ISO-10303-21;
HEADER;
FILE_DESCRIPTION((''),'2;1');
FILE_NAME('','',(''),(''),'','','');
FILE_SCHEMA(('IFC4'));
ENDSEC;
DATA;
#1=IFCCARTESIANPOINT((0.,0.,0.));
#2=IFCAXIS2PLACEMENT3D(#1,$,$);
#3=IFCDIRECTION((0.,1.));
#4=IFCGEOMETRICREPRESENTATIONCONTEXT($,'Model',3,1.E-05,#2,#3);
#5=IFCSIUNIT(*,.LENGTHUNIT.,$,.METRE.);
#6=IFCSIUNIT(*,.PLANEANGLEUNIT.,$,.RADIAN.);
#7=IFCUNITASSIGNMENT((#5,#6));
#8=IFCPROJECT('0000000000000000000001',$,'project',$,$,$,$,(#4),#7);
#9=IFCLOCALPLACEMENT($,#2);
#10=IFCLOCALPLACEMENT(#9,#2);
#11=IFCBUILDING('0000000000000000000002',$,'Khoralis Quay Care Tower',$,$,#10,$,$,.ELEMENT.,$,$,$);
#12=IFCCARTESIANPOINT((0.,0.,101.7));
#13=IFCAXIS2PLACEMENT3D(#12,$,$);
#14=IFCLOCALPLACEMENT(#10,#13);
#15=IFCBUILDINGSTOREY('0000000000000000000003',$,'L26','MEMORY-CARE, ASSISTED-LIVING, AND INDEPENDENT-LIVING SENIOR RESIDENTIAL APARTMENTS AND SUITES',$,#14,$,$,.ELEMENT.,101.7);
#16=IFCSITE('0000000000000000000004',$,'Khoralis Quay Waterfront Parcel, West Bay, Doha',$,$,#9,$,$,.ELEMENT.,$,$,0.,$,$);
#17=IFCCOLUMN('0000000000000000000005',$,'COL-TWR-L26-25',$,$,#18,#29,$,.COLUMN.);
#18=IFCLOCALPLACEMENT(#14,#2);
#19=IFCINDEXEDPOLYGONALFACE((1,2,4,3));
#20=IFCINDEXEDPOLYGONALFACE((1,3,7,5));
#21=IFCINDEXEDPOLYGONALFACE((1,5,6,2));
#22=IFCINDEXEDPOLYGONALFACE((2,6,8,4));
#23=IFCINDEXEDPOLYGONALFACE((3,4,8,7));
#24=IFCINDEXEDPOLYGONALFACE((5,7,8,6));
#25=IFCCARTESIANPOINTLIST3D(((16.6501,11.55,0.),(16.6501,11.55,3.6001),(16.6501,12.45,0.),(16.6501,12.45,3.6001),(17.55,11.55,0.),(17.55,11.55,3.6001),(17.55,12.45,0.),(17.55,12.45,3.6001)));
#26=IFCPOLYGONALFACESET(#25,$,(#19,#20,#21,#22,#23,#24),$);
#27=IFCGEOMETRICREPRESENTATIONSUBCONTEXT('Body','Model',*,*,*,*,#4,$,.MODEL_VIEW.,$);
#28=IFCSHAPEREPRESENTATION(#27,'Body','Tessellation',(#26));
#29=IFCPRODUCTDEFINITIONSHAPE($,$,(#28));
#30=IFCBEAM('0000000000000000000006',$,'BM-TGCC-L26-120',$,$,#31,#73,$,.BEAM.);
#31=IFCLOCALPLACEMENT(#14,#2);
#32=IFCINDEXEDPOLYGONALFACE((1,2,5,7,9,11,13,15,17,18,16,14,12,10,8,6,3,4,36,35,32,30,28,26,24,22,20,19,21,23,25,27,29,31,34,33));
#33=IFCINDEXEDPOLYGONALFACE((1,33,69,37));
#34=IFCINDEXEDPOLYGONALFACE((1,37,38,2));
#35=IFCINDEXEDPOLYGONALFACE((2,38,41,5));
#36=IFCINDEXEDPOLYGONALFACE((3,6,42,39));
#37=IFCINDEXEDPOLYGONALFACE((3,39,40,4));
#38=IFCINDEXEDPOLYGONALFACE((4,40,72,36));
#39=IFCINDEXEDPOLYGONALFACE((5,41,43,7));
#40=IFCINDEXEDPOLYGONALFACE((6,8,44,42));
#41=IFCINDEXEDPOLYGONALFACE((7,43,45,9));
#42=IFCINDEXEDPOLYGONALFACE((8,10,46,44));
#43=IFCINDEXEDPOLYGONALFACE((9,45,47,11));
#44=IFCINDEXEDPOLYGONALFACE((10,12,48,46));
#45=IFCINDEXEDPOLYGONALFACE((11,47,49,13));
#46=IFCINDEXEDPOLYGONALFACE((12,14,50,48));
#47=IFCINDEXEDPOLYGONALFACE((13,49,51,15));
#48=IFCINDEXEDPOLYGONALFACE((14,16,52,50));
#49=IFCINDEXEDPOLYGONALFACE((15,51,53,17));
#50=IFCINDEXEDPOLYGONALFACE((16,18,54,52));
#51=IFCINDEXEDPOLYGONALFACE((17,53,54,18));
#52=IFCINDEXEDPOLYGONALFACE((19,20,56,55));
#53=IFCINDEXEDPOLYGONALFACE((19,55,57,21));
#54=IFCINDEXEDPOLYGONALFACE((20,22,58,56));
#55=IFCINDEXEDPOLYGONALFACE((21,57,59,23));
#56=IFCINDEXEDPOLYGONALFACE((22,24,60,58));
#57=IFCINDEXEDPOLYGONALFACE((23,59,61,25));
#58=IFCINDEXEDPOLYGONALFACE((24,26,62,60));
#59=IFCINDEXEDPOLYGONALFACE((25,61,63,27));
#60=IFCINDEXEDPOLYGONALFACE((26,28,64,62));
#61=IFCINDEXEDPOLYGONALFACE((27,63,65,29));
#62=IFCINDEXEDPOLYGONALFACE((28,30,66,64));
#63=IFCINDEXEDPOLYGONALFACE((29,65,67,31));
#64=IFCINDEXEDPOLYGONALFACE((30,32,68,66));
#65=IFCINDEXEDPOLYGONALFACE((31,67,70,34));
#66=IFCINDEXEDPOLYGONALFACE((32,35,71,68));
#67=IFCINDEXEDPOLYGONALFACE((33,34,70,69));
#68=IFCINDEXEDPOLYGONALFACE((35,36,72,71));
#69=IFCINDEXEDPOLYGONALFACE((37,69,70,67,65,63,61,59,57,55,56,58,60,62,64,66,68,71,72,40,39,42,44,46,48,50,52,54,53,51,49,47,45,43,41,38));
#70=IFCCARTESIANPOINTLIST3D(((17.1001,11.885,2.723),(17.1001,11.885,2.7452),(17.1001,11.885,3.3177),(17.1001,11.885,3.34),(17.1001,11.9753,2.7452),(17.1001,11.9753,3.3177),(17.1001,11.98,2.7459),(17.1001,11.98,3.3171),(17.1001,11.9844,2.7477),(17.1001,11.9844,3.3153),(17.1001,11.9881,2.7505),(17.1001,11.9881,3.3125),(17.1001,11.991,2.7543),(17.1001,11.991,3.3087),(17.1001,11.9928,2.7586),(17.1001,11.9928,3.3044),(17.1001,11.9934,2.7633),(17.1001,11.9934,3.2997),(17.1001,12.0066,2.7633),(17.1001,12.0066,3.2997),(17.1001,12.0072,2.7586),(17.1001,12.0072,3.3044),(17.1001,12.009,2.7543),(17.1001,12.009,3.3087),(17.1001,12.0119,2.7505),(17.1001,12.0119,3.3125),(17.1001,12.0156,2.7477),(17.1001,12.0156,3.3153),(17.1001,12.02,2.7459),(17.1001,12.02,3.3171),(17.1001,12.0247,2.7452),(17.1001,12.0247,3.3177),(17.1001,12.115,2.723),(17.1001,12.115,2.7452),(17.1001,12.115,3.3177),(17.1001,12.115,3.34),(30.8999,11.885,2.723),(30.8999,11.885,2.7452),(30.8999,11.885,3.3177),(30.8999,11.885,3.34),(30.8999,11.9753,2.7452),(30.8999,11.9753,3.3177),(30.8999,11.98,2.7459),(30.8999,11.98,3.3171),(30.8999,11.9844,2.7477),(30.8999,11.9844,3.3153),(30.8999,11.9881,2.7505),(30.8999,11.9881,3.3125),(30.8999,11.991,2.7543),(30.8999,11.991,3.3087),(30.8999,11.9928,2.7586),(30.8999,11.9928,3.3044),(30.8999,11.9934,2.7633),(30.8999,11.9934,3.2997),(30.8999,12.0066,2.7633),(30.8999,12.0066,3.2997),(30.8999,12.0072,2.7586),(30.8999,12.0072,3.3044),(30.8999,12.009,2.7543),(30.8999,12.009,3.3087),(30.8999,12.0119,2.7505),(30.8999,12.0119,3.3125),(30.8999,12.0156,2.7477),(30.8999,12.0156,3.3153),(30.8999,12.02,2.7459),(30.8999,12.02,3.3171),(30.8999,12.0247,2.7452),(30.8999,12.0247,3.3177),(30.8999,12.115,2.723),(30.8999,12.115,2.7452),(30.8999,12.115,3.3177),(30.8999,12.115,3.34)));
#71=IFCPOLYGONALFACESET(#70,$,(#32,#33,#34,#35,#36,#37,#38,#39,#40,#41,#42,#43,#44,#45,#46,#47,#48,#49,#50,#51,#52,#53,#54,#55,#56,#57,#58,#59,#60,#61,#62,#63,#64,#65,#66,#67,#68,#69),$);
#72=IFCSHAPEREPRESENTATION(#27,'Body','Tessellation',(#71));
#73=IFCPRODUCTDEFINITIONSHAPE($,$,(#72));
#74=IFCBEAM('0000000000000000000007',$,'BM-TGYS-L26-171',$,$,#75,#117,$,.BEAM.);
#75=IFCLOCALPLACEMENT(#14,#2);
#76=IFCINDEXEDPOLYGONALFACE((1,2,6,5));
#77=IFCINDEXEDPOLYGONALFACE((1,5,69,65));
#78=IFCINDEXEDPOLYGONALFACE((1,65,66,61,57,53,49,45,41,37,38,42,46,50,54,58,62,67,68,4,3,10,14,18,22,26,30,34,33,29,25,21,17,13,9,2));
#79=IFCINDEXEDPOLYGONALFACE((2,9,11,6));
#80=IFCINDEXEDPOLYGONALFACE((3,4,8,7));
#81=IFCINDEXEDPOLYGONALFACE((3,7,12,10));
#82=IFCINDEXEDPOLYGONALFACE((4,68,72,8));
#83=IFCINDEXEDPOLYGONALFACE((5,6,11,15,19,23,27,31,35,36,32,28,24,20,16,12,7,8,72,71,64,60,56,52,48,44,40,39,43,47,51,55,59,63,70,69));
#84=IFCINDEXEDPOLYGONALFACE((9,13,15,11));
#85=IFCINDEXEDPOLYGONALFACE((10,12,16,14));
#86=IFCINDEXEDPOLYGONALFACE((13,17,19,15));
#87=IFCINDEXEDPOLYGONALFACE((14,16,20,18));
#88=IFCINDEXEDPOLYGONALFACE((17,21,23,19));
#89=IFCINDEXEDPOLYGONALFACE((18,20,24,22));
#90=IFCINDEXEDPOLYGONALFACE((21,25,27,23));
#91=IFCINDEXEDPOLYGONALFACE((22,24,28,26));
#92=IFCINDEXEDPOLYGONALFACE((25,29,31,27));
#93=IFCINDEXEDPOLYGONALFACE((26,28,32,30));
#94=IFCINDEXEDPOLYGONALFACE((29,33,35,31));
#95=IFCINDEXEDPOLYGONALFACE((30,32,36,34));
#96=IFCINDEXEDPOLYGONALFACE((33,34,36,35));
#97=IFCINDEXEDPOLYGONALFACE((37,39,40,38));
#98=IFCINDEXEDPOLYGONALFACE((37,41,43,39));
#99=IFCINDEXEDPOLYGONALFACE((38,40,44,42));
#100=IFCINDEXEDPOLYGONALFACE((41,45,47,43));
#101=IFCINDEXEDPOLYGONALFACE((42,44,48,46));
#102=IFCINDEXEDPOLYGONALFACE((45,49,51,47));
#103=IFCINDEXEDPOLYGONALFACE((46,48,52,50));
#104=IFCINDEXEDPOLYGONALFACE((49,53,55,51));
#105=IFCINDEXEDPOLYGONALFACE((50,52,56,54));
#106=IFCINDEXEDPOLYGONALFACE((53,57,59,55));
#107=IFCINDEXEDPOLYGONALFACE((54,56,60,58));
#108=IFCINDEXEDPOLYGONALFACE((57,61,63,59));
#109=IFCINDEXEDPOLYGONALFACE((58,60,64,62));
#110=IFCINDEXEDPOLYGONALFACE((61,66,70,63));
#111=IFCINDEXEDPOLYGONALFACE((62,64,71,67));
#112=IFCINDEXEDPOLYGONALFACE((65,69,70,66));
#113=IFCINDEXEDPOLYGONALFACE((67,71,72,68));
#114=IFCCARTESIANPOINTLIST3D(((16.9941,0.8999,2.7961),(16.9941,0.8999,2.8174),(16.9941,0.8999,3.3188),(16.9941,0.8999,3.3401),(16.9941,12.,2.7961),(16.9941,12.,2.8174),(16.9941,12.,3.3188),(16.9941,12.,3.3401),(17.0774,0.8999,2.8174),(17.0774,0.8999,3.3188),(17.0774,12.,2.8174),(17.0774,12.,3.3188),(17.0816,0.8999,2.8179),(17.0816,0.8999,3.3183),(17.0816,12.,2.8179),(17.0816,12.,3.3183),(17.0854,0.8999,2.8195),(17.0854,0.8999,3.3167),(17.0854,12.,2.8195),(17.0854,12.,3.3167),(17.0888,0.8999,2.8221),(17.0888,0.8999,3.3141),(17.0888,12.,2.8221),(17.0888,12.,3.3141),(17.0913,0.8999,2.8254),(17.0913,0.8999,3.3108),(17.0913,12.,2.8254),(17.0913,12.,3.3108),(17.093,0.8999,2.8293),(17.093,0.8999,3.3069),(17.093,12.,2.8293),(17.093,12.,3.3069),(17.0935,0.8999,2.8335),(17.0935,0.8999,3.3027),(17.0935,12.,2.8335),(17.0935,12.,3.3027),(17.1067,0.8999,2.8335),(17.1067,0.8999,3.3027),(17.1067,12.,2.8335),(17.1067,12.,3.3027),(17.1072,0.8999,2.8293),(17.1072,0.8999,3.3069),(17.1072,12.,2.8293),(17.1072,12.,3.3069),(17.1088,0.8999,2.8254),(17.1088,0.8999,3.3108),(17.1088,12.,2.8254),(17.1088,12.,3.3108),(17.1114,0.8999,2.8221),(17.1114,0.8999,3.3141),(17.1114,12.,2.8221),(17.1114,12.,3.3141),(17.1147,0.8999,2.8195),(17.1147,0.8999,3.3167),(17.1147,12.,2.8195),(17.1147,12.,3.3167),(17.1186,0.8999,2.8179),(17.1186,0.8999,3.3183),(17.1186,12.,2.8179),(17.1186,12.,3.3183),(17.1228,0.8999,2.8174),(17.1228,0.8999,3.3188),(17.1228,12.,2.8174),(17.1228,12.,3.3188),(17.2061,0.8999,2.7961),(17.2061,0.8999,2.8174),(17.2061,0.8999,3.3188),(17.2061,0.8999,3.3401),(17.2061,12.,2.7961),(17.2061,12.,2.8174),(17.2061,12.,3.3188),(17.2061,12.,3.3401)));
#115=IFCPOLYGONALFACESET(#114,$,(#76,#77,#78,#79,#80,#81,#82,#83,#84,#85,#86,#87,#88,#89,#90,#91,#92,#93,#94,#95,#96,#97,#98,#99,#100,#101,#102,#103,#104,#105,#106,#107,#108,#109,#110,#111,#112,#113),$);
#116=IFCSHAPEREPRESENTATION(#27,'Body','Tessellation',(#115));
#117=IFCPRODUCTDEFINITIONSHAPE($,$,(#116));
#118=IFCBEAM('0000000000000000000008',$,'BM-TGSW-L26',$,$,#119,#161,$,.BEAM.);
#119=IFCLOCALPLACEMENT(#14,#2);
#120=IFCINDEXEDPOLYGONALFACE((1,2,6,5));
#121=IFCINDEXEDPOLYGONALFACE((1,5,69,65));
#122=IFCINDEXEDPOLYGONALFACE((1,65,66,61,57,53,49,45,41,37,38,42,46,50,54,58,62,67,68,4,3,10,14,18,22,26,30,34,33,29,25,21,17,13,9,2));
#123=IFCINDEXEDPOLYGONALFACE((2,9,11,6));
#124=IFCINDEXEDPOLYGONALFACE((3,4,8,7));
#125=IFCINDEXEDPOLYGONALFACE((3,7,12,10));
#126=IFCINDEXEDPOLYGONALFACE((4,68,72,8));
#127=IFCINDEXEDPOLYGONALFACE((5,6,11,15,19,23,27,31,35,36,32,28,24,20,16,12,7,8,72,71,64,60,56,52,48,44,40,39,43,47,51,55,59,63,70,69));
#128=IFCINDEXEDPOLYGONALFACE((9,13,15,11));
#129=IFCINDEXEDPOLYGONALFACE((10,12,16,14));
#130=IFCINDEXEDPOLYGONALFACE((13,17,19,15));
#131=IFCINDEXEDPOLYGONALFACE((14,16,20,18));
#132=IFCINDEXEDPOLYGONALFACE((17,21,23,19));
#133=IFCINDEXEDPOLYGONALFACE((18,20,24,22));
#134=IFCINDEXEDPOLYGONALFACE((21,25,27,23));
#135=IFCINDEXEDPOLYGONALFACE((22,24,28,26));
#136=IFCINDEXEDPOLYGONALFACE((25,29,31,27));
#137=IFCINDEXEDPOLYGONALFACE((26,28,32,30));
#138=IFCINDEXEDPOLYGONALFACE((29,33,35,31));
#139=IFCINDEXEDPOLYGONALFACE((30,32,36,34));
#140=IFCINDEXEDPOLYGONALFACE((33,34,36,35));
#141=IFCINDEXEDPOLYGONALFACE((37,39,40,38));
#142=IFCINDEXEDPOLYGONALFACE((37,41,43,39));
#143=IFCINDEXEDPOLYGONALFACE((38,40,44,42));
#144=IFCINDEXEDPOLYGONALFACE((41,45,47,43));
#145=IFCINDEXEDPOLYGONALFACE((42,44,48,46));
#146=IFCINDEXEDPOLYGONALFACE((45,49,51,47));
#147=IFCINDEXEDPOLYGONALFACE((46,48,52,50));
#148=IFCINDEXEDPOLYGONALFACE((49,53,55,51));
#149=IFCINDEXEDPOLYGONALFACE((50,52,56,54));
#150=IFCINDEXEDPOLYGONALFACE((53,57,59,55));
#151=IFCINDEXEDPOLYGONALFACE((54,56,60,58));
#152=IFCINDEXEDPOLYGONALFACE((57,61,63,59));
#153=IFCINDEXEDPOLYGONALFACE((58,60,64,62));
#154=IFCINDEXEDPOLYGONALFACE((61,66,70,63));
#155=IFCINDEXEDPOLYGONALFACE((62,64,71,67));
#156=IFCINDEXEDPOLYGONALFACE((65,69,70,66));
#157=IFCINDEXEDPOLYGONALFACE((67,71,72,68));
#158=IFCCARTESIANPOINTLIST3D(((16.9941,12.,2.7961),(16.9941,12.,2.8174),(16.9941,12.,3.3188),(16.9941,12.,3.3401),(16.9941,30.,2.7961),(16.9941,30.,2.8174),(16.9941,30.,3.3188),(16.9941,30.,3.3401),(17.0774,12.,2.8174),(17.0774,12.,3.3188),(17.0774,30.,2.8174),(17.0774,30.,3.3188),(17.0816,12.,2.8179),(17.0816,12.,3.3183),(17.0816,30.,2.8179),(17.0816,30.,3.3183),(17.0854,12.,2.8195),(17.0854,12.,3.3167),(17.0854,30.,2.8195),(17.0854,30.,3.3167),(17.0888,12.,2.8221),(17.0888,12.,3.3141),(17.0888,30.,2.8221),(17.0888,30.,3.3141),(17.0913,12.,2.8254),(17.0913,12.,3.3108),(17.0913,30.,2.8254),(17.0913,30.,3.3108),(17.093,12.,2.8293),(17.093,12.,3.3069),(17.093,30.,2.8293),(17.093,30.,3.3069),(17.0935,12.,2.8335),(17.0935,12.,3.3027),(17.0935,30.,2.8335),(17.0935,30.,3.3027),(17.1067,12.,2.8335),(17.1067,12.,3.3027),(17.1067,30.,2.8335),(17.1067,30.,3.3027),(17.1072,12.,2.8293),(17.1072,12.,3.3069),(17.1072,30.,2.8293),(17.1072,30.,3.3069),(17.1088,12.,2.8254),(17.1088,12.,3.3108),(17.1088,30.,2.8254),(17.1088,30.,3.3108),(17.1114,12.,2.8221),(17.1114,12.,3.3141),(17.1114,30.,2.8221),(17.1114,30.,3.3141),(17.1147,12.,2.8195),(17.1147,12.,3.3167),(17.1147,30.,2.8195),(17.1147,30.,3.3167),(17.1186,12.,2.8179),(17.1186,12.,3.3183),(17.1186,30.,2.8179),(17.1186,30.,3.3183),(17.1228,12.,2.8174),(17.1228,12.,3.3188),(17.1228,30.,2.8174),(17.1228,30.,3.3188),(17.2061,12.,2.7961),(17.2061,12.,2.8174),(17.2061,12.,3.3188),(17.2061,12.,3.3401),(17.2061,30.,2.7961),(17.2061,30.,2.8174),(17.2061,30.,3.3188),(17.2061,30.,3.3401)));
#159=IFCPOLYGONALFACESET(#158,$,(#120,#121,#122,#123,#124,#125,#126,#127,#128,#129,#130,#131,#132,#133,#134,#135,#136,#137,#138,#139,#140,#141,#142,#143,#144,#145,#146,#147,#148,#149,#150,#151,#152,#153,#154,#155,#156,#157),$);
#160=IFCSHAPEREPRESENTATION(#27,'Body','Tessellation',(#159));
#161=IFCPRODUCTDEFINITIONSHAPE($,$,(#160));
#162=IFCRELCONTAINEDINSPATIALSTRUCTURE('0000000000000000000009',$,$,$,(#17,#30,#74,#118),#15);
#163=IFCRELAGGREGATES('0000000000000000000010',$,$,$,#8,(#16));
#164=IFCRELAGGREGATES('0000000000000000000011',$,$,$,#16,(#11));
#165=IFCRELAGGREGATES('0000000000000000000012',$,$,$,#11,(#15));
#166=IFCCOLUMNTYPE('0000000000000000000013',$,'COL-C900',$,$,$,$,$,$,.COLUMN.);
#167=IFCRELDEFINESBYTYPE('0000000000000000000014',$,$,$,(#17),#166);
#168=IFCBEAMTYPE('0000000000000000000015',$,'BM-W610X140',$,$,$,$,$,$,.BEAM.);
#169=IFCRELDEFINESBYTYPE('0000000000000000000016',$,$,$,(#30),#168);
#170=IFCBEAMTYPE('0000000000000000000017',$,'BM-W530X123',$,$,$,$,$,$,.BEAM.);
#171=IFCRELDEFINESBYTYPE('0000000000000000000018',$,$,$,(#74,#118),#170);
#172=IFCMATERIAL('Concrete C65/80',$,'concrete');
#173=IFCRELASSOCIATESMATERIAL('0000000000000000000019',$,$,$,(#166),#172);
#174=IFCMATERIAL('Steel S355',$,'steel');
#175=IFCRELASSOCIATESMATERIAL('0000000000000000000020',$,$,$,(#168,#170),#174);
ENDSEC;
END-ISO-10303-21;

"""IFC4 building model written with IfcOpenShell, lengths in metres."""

from ifc_helpers import new_model, si_unit, direction, frame, origin, origin_2d, place, context, subcontext, project, spatial, rectangle, i_section, extrude, source, transform, mapped, material, material_profile, profile_set, type_object, element, save


model = new_model("IFC4")

# Units and contexts
model_context = context("Model", 3, precision=1e-05, world=origin(), true_north=direction((0.0, 1.0)))
body_context = subcontext(model_context, "Body", "Model", "MODEL_VIEW")
ifc_project = project(units=[si_unit("LENGTHUNIT", "METRE"), si_unit("PLANEANGLEUNIT", "RADIAN")], contexts=[model_context])

# Site, building, storey
site_placement = place(None, origin())
site = spatial("IfcSite", under=ifc_project, at=site_placement, Name="Khoralis Quay Waterfront Parcel, West Bay, Doha", CompositionType="ELEMENT", RefElevation=0.0)
building_placement = place(site_placement, origin())
building = spatial("IfcBuilding", under=site, at=building_placement, Name="Khoralis Quay Care Tower", CompositionType="ELEMENT")
storey_placement = place(building_placement, frame((0.0, 0.0, 101.7)))
storey = spatial("IfcBuildingStorey", under=building, at=storey_placement, Name="L26", Description="MEMORY-CARE, ASSISTED-LIVING, AND INDEPENDENT-LIVING SENIOR RESIDENTIAL APARTMENTS AND SUITES", CompositionType="ELEMENT", Elevation=101.7)

# Column
ifc_material_1 = material(Name="Concrete C65/80", Category="concrete")
ifc_material_profile_1 = material_profile(ifc_material_1, rectangle(XDim=0.8999, YDim=0.8999, at=origin_2d()), Name="Concrete C65/80")
ifc_profile_set_1 = profile_set([ifc_material_profile_1], Name="Concrete C65/80")
column_type = type_object("IfcColumnType", Name="COL-C900", PredefinedType="COLUMN", material=ifc_profile_set_1)
shared_shape_1 = source(origin(), body_context, "Body", "SweptSolid", [
    extrude(rectangle(XDim=0.8999, YDim=0.8999, at=origin_2d()), origin(), (0.0, 0.0, 1.0), 3.6001),
])
column_placement = place(storey_placement, frame((17.1001, 12.0, 0.0), z_axis=(0.0, 0.0, 1.0), x_axis=(1.0, 0.0, 0.0)))
element("IfcColumn", 1, at=column_placement, inside=storey, type_object=column_type, Name="COL-TWR-L26-25", PredefinedType="COLUMN", context=body_context, shape_type="MappedRepresentation", body=[
    mapped(shared_shape_1, transform((0.0, 0.0, 0.0), scale=1.0)),
])

# Beams
ifc_material_2 = material(Name="Steel S355", Category="steel")
ifc_material_profile_2 = material_profile(ifc_material_2, i_section(OverallWidth=0.23, OverallDepth=0.6169, WebThickness=0.0132, FlangeThickness=0.0222, FilletRadius=0.0181, at=origin_2d()), Name="Steel S355")
ifc_profile_set_2 = profile_set([ifc_material_profile_2], Name="Steel S355")
beam_type_1 = type_object("IfcBeamType", Name="BM-W610X140", PredefinedType="BEAM", material=ifc_profile_set_2)
shared_shape_2 = source(origin(), body_context, "Body", "SweptSolid", [
    extrude(i_section(OverallWidth=0.23, OverallDepth=0.6169, WebThickness=0.0132, FlangeThickness=0.0222, FilletRadius=0.0181, at=origin_2d()), origin(), (0.0, 0.0, 1.0), 13.7998),
])
beam_1_placement = place(storey_placement, frame((17.1001, 12.0, 3.0315), z_axis=(1.0, 0.0, 0.0), x_axis=(0.0, 1.0, 0.0)))
element("IfcBeam", 2, at=beam_1_placement, inside=storey, type_object=beam_type_1, Name="BM-TGCC-L26-120", PredefinedType="BEAM", context=body_context, shape_type="MappedRepresentation", body=[
    mapped(shared_shape_2, transform((0.0, 0.0, 0.0), scale=1.0)),
])
ifc_material_profile_3 = material_profile(ifc_material_2, i_section(OverallWidth=0.2119, OverallDepth=0.5439, WebThickness=0.0132, FlangeThickness=0.0212, FilletRadius=0.0161, at=origin_2d()), Name="Steel S355")
ifc_profile_set_3 = profile_set([ifc_material_profile_3], Name="Steel S355")
beam_type_2 = type_object("IfcBeamType", Name="BM-W530X123", PredefinedType="BEAM", material=ifc_profile_set_3)
shared_shape_3 = source(origin(), body_context, "Body", "SweptSolid", [
    extrude(i_section(OverallWidth=0.2119, OverallDepth=0.5439, WebThickness=0.0132, FlangeThickness=0.0212, FilletRadius=0.0161, at=origin_2d()), origin(), (0.0, 0.0, 1.0), 11.1001),
])
beam_2_placement = place(storey_placement, frame((17.1001, 0.8999, 3.0681), z_axis=(0.0, 1.0, 0.0), x_axis=(-1.0, 0.0, 0.0)))
element("IfcBeam", 3, at=beam_2_placement, inside=storey, type_object=beam_type_2, Name="BM-TGYS-L26-171", PredefinedType="BEAM", context=body_context, shape_type="MappedRepresentation", body=[
    mapped(shared_shape_3, transform((0.0, 0.0, 0.0), scale=1.0)),
])
shared_shape_4 = source(origin(), body_context, "Body", "SweptSolid", [
    extrude(i_section(OverallWidth=0.2119, OverallDepth=0.5439, WebThickness=0.0132, FlangeThickness=0.0212, FilletRadius=0.0161, at=origin_2d()), origin(), (0.0, 0.0, 1.0), 18.0),
])
beam_3_placement = place(storey_placement, frame((17.1001, 12.0, 3.0681), z_axis=(0.0, 1.0, 0.0), x_axis=(-1.0, 0.0, 0.0)))
element("IfcBeam", 4, at=beam_3_placement, inside=storey, type_object=beam_type_2, Name="BM-TGSW-L26", PredefinedType="BEAM", context=body_context, shape_type="MappedRepresentation", body=[
    mapped(shared_shape_4, transform((0.0, 0.0, 0.0), scale=1.0)),
])

save(model, "model.ifc")
